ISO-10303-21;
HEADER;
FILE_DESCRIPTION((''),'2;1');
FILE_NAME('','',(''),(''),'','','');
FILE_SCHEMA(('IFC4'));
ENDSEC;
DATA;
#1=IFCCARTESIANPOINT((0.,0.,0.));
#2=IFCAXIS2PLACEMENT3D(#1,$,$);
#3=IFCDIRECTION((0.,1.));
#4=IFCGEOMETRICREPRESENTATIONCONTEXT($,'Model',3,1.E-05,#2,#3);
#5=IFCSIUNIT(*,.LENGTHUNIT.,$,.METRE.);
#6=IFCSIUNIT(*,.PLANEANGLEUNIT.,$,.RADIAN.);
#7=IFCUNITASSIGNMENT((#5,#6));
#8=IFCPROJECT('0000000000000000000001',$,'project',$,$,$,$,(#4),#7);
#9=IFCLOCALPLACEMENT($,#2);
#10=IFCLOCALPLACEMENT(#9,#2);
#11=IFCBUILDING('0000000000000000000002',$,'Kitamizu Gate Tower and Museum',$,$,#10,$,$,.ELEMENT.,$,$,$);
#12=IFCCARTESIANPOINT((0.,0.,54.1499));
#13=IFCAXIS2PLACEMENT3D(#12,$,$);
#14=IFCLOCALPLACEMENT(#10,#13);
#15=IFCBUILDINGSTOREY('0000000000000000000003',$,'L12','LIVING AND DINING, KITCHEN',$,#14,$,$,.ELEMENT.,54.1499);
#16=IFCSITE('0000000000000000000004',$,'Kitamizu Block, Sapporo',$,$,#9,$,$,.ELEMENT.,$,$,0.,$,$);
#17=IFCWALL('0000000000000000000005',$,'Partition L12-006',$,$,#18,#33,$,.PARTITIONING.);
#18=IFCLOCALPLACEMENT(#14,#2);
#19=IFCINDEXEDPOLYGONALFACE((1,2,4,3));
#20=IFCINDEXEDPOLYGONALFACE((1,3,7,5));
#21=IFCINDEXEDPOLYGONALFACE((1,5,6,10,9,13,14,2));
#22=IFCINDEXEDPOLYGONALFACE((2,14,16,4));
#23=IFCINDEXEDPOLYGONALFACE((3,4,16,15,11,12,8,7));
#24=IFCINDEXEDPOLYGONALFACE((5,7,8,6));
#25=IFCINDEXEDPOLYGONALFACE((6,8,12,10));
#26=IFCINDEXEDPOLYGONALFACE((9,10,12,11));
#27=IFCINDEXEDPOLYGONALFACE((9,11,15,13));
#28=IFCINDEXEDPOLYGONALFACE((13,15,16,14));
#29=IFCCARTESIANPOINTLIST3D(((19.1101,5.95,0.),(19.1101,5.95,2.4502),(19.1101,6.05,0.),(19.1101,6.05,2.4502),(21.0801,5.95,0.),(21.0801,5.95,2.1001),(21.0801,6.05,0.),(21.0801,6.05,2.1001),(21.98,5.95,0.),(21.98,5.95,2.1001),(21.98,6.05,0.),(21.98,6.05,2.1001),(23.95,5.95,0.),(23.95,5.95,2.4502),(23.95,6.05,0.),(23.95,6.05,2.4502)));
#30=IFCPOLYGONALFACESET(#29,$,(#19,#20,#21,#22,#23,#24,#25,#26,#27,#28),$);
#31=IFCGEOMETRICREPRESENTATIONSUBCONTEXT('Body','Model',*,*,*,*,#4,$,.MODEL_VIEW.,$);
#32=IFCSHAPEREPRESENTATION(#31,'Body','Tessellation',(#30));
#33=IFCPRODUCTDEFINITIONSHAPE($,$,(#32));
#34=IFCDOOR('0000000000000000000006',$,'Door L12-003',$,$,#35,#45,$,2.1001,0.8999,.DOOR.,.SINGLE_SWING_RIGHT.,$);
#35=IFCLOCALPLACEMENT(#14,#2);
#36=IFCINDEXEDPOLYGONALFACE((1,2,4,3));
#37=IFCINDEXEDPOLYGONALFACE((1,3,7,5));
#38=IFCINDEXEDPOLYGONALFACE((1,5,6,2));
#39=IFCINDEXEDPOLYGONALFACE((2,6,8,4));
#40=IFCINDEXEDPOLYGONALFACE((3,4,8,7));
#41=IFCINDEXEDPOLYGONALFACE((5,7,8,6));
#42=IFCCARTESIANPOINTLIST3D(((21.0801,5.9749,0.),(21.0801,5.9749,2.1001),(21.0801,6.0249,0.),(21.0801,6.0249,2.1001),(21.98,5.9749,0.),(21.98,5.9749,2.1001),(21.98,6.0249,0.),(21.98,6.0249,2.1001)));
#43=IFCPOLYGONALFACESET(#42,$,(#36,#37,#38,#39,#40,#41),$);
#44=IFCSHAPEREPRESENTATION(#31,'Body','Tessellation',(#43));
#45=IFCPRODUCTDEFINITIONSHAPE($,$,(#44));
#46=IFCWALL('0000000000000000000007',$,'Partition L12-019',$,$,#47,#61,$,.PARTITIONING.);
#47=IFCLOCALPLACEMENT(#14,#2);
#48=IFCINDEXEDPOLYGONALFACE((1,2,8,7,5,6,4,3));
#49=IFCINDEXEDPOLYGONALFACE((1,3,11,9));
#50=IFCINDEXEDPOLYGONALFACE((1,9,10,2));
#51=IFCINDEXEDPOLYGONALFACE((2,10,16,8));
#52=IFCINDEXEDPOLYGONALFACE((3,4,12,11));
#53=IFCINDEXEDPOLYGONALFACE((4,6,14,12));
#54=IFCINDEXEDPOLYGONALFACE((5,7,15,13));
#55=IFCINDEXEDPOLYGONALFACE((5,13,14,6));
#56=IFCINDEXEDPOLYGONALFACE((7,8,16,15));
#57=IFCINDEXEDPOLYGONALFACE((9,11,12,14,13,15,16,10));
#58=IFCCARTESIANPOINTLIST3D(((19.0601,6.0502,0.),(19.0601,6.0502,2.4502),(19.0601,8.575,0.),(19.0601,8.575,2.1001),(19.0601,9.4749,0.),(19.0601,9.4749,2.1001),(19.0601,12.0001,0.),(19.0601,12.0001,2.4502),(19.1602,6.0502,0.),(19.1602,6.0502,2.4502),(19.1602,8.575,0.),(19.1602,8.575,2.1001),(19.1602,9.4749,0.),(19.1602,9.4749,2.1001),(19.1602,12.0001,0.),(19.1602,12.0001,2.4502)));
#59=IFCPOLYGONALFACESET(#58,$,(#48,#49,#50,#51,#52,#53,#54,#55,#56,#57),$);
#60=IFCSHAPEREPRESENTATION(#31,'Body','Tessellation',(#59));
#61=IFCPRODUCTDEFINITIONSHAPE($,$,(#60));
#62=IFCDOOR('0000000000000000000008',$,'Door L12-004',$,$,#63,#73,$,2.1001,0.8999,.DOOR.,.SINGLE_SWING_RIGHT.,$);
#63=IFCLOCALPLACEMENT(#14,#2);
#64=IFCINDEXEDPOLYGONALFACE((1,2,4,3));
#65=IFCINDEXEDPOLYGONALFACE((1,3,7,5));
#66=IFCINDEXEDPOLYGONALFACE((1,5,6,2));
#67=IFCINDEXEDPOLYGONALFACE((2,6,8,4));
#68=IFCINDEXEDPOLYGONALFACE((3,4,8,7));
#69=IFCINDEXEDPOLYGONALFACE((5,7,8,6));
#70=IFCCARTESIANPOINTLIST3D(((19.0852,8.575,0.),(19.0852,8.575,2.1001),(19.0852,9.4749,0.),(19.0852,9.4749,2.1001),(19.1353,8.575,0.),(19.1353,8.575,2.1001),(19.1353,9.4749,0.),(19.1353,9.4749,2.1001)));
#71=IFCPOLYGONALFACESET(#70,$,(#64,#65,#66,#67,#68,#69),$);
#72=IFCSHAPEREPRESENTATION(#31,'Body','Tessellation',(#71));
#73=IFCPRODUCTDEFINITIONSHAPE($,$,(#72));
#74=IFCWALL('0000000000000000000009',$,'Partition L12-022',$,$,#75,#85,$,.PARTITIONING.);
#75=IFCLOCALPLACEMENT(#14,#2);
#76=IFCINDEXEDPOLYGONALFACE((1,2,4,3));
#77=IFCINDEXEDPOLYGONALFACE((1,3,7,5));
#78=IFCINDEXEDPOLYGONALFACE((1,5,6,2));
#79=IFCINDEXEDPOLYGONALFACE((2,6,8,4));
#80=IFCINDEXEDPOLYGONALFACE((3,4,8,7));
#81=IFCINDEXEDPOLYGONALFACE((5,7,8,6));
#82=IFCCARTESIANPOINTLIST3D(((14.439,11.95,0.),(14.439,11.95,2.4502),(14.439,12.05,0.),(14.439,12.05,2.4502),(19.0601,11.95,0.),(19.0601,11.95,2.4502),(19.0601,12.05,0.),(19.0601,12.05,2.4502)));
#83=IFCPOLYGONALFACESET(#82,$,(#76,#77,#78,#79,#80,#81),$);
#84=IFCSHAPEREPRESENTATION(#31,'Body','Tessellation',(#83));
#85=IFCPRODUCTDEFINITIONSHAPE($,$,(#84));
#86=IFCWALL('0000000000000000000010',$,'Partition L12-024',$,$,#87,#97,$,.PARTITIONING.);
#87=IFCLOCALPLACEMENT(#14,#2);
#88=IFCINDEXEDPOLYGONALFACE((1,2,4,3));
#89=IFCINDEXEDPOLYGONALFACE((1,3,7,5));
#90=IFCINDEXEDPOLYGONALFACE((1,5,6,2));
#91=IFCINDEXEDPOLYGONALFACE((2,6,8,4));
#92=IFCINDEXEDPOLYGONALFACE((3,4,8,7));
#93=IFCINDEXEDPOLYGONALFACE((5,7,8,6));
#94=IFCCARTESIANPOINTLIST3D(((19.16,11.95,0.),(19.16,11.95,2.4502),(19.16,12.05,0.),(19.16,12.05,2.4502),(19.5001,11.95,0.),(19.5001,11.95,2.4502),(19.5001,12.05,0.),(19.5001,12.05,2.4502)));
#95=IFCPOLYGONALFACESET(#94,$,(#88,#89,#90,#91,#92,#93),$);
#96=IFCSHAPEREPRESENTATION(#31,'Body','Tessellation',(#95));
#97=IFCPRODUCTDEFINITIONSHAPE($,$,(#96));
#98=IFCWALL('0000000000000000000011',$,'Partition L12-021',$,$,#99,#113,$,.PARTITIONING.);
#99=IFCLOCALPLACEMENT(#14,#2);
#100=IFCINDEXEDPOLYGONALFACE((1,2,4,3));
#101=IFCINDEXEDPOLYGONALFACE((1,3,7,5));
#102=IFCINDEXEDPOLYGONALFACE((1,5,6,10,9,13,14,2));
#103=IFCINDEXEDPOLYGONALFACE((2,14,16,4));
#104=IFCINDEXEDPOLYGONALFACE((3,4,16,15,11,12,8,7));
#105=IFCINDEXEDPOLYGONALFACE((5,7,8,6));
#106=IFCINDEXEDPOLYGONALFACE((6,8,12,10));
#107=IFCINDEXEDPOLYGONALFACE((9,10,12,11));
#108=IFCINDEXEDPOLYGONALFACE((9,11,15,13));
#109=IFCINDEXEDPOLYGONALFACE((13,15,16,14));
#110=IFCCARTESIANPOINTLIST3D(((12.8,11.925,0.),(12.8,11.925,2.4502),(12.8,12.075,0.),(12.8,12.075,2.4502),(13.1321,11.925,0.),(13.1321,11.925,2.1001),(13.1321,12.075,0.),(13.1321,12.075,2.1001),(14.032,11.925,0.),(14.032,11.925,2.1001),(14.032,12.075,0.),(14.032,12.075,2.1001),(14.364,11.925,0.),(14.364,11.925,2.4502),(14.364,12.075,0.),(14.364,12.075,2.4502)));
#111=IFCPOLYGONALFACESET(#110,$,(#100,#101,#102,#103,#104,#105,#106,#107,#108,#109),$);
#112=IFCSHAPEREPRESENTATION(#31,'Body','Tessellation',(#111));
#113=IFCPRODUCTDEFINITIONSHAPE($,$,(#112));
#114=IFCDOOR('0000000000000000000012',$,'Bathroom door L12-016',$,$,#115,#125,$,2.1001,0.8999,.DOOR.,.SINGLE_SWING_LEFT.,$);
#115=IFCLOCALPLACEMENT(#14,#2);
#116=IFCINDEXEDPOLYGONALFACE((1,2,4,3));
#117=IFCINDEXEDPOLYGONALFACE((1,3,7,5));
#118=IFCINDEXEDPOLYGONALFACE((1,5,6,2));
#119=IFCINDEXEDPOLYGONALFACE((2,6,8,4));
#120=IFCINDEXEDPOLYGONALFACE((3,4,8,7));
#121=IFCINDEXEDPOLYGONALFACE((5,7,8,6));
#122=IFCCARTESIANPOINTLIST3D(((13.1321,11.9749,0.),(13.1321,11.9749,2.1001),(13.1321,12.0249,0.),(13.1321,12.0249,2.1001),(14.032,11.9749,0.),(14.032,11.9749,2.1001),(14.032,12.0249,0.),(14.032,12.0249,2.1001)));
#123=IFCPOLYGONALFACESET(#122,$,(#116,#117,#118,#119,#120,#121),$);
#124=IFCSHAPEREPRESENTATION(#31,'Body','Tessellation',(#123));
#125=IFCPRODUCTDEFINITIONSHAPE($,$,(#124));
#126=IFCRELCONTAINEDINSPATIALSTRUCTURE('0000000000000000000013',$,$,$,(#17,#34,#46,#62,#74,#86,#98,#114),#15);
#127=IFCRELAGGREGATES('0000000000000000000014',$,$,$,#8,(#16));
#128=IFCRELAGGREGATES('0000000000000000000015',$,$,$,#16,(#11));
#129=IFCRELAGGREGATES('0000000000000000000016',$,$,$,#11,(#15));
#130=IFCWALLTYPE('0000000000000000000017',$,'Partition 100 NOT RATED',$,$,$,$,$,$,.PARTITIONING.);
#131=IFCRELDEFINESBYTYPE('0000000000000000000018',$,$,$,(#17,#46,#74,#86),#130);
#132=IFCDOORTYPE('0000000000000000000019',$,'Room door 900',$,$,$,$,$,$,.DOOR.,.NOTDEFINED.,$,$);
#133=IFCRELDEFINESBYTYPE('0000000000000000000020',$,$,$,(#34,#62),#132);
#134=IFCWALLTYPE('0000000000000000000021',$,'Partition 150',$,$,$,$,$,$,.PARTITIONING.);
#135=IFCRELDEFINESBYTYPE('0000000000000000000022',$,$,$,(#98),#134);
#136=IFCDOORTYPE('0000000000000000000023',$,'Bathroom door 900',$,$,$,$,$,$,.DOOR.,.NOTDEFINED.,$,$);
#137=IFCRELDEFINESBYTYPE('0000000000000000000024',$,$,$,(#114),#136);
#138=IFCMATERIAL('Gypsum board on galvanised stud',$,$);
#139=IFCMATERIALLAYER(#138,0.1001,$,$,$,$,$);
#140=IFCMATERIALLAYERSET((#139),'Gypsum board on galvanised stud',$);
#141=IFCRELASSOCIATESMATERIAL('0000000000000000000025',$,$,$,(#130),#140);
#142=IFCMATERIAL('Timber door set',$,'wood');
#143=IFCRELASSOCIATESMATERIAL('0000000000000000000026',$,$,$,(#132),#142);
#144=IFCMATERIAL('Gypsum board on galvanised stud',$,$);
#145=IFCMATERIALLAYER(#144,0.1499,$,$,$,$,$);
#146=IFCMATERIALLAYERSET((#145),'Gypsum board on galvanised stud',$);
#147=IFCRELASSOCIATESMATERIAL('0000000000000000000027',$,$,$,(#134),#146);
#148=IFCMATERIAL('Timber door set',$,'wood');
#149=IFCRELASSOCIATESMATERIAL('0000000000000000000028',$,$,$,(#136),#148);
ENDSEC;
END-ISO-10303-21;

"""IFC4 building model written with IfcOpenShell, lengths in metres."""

from ifc_helpers import new_model, si_unit, direction, frame, frame_2d, origin, place, context, subcontext, project, spatial, rectangle, extrude, material, layer, layer_set, type_object, element, fill, save


model = new_model("IFC4")

# Units and contexts
model_context = context("Model", 3, precision=1e-05, world=origin(), true_north=direction((0.0, 1.0)))
body_context = subcontext(model_context, "Body", "Model", "MODEL_VIEW")
ifc_project = project(units=[si_unit("LENGTHUNIT", "METRE"), si_unit("PLANEANGLEUNIT", "RADIAN")], contexts=[model_context])

# Site, building, storey
site_placement = place(None, origin())
site = spatial("IfcSite", under=ifc_project, at=site_placement, Name="Kitamizu Block, Sapporo", CompositionType="ELEMENT", RefElevation=0.0)
building_placement = place(site_placement, origin())
building = spatial("IfcBuilding", under=site, at=building_placement, Name="Kitamizu Gate Tower and Museum", CompositionType="ELEMENT")
storey_placement = place(building_placement, frame((0.0, 0.0, 54.1499)))
storey = spatial("IfcBuildingStorey", under=building, at=storey_placement, Name="L12", Description="LIVING AND DINING, KITCHEN", CompositionType="ELEMENT", Elevation=54.1499)

# Shared definitions
ifc_material_1 = material(Name="Gypsum board on galvanised stud")
ifc_layer_1 = layer(ifc_material_1, 0.1001)
ifc_layer_set_1 = layer_set([ifc_layer_1], Name="Gypsum board on galvanised stud")
wall_type_1 = type_object("IfcWallType", Name="Partition 100 NOT RATED", PredefinedType="PARTITIONING", material=ifc_layer_set_1)
ifc_material_2 = material(Name="Timber door set", Category="wood")
door_type_1 = type_object("IfcDoorType", Name="Room door 900", OperationType="NOTDEFINED", PredefinedType="DOOR", material=ifc_material_2)

# Walls, openings, doors
wall_1_placement = place(storey_placement, frame((23.95, 6.0, 0.0), z_axis=(0.0, 0.0, 1.0), x_axis=(-1.0, 0.0, 0.0)))
wall_1 = element("IfcWall", 1, at=wall_1_placement, inside=storey, type_object=wall_type_1, Name="Partition L12-006", PredefinedType="PARTITIONING", context=body_context, shape_type="SweptSolid", body=[
    extrude(rectangle(XDim=4.8398, YDim=0.1001, at=frame_2d((2.4199, 0.0))), origin(), (0.0, 0.0, 1.0), 2.4502),
])
opening_1_placement = place(wall_1_placement, frame((1.97, 0.0, 0.0)))
opening_1 = element("IfcOpeningElement", 2, at=opening_1_placement, cuts=wall_1, PredefinedType="OPENING", context=body_context, shape_type="SweptSolid", body=[
    extrude(rectangle(XDim=0.8999, YDim=2.1001, at=frame_2d((0.45, 1.05))), frame((0.0, 0.0601, 0.0), z_axis=(0.0, -1.0, 0.0), x_axis=(1.0, 0.0, 0.0)), (0.0, 0.0, 1.0), 0.1201),
])
door_1_placement = place(opening_1_placement, frame((0.8999, 0.0, 0.0), x_axis=(-1.0, 0.0, 0.0)))
door_1 = element("IfcDoor", 3, at=door_1_placement, inside=storey, type_object=door_type_1, Name="Door L12-003", OperationType="SINGLE_SWING_RIGHT", OverallHeight=2.1001, OverallWidth=0.8999, PredefinedType="DOOR", context=body_context, shape_type="SweptSolid", body=[
    extrude(rectangle(XDim=0.8999, YDim=2.1001, at=frame_2d((0.45, 1.05))), frame((0.0, 0.0249, 0.0), z_axis=(0.0, -1.0, 0.0), x_axis=(1.0, 0.0, 0.0)), (0.0, 0.0, 1.0), 0.05),
])
fill(opening_1, door_1)
wall_2_placement = place(storey_placement, frame((19.1101, 6.05, 0.0), z_axis=(0.0, 0.0, 1.0), x_axis=(0.0, 1.0, 0.0)))
wall_2 = element("IfcWall", 4, at=wall_2_placement, inside=storey, type_object=wall_type_1, Name="Partition L12-019", PredefinedType="PARTITIONING", context=body_context, shape_type="SweptSolid", body=[
    extrude(rectangle(XDim=5.95, YDim=0.1001, at=frame_2d((2.9751, 0.0))), origin(), (0.0, 0.0, 1.0), 2.4502),
])
opening_2_placement = place(wall_2_placement, frame((2.5249, 0.0, 0.0)))
opening_2 = element("IfcOpeningElement", 5, at=opening_2_placement, cuts=wall_2, PredefinedType="OPENING", context=body_context, shape_type="SweptSolid", body=[
    extrude(rectangle(XDim=0.8999, YDim=2.1001, at=frame_2d((0.45, 1.05))), frame((0.0, 0.0601, 0.0), z_axis=(0.0, -1.0, 0.0), x_axis=(1.0, 0.0, 0.0)), (0.0, 0.0, 1.0), 0.1201),
])
door_2_placement = place(opening_2_placement, origin())
door_2 = element("IfcDoor", 6, at=door_2_placement, inside=storey, type_object=door_type_1, Name="Door L12-004", OperationType="SINGLE_SWING_RIGHT", OverallHeight=2.1001, OverallWidth=0.8999, PredefinedType="DOOR", context=body_context, shape_type="SweptSolid", body=[
    extrude(rectangle(XDim=0.8999, YDim=2.1001, at=frame_2d((0.45, 1.05))), frame((0.0, 0.0249, 0.0), z_axis=(0.0, -1.0, 0.0), x_axis=(1.0, 0.0, 0.0)), (0.0, 0.0, 1.0), 0.05),
])
fill(opening_2, door_2)

# Walls
wall_3_placement = place(storey_placement, frame((19.0601, 12.0, 0.0), z_axis=(0.0, 0.0, 1.0), x_axis=(-1.0, 0.0, 0.0)))
element("IfcWall", 7, at=wall_3_placement, inside=storey, type_object=wall_type_1, Name="Partition L12-022", PredefinedType="PARTITIONING", context=body_context, shape_type="SweptSolid", body=[
    extrude(rectangle(XDim=4.6211, YDim=0.1001, at=frame_2d((2.3105, 0.0))), origin(), (0.0, 0.0, 1.0), 2.4502),
])
wall_4_placement = place(storey_placement, frame((19.5, 12.0, 0.0), z_axis=(0.0, 0.0, 1.0), x_axis=(-1.0, 0.0, 0.0)))
element("IfcWall", 8, at=wall_4_placement, inside=storey, type_object=wall_type_1, Name="Partition L12-024", PredefinedType="PARTITIONING", context=body_context, shape_type="SweptSolid", body=[
    extrude(rectangle(XDim=0.3401, YDim=0.1001, at=frame_2d((0.1699, 0.0))), origin(), (0.0, 0.0, 1.0), 2.4502),
])

# Wall, opening, door
ifc_material_3 = material(Name="Gypsum board on galvanised stud")
ifc_layer_2 = layer(ifc_material_3, 0.1499)
ifc_layer_set_2 = layer_set([ifc_layer_2], Name="Gypsum board on galvanised stud")
wall_type_2 = type_object("IfcWallType", Name="Partition 150", PredefinedType="PARTITIONING", material=ifc_layer_set_2)
wall_5_placement = place(storey_placement, frame((14.364, 12.0, 0.0), z_axis=(0.0, 0.0, 1.0), x_axis=(-1.0, 0.0, 0.0)))
wall_5 = element("IfcWall", 9, at=wall_5_placement, inside=storey, type_object=wall_type_2, Name="Partition L12-021", PredefinedType="PARTITIONING", context=body_context, shape_type="SweptSolid", body=[
    extrude(rectangle(XDim=1.564, YDim=0.1499, at=frame_2d((0.782, 0.0))), origin(), (0.0, 0.0, 1.0), 2.4502),
])
opening_3_placement = place(wall_5_placement, frame((0.332, 0.0, 0.0)))
opening_3 = element("IfcOpeningElement", 10, at=opening_3_placement, cuts=wall_5, PredefinedType="OPENING", context=body_context, shape_type="SweptSolid", body=[
    extrude(rectangle(XDim=0.8999, YDim=2.1001, at=frame_2d((0.45, 1.05))), frame((0.0, 0.085, 0.0), z_axis=(0.0, -1.0, 0.0), x_axis=(1.0, 0.0, 0.0)), (0.0, 0.0, 1.0), 0.1699),
])
ifc_material_4 = material(Name="Timber door set", Category="wood")
door_type_2 = type_object("IfcDoorType", Name="Bathroom door 900", OperationType="NOTDEFINED", PredefinedType="DOOR", material=ifc_material_4)
door_3_placement = place(opening_3_placement, frame((0.8999, 0.0, 0.0), x_axis=(-1.0, 0.0, 0.0)))
door_3 = element("IfcDoor", 11, at=door_3_placement, inside=storey, type_object=door_type_2, Name="Bathroom door L12-016", OperationType="SINGLE_SWING_LEFT", OverallHeight=2.1001, OverallWidth=0.8999, PredefinedType="DOOR", context=body_context, shape_type="SweptSolid", body=[
    extrude(rectangle(XDim=0.8999, YDim=2.1001, at=frame_2d((0.45, 1.05))), frame((0.0, 0.0249, 0.0), z_axis=(0.0, -1.0, 0.0), x_axis=(1.0, 0.0, 0.0)), (0.0, 0.0, 1.0), 0.05),
])
fill(opening_3, door_3)

save(model, "model.ifc")
